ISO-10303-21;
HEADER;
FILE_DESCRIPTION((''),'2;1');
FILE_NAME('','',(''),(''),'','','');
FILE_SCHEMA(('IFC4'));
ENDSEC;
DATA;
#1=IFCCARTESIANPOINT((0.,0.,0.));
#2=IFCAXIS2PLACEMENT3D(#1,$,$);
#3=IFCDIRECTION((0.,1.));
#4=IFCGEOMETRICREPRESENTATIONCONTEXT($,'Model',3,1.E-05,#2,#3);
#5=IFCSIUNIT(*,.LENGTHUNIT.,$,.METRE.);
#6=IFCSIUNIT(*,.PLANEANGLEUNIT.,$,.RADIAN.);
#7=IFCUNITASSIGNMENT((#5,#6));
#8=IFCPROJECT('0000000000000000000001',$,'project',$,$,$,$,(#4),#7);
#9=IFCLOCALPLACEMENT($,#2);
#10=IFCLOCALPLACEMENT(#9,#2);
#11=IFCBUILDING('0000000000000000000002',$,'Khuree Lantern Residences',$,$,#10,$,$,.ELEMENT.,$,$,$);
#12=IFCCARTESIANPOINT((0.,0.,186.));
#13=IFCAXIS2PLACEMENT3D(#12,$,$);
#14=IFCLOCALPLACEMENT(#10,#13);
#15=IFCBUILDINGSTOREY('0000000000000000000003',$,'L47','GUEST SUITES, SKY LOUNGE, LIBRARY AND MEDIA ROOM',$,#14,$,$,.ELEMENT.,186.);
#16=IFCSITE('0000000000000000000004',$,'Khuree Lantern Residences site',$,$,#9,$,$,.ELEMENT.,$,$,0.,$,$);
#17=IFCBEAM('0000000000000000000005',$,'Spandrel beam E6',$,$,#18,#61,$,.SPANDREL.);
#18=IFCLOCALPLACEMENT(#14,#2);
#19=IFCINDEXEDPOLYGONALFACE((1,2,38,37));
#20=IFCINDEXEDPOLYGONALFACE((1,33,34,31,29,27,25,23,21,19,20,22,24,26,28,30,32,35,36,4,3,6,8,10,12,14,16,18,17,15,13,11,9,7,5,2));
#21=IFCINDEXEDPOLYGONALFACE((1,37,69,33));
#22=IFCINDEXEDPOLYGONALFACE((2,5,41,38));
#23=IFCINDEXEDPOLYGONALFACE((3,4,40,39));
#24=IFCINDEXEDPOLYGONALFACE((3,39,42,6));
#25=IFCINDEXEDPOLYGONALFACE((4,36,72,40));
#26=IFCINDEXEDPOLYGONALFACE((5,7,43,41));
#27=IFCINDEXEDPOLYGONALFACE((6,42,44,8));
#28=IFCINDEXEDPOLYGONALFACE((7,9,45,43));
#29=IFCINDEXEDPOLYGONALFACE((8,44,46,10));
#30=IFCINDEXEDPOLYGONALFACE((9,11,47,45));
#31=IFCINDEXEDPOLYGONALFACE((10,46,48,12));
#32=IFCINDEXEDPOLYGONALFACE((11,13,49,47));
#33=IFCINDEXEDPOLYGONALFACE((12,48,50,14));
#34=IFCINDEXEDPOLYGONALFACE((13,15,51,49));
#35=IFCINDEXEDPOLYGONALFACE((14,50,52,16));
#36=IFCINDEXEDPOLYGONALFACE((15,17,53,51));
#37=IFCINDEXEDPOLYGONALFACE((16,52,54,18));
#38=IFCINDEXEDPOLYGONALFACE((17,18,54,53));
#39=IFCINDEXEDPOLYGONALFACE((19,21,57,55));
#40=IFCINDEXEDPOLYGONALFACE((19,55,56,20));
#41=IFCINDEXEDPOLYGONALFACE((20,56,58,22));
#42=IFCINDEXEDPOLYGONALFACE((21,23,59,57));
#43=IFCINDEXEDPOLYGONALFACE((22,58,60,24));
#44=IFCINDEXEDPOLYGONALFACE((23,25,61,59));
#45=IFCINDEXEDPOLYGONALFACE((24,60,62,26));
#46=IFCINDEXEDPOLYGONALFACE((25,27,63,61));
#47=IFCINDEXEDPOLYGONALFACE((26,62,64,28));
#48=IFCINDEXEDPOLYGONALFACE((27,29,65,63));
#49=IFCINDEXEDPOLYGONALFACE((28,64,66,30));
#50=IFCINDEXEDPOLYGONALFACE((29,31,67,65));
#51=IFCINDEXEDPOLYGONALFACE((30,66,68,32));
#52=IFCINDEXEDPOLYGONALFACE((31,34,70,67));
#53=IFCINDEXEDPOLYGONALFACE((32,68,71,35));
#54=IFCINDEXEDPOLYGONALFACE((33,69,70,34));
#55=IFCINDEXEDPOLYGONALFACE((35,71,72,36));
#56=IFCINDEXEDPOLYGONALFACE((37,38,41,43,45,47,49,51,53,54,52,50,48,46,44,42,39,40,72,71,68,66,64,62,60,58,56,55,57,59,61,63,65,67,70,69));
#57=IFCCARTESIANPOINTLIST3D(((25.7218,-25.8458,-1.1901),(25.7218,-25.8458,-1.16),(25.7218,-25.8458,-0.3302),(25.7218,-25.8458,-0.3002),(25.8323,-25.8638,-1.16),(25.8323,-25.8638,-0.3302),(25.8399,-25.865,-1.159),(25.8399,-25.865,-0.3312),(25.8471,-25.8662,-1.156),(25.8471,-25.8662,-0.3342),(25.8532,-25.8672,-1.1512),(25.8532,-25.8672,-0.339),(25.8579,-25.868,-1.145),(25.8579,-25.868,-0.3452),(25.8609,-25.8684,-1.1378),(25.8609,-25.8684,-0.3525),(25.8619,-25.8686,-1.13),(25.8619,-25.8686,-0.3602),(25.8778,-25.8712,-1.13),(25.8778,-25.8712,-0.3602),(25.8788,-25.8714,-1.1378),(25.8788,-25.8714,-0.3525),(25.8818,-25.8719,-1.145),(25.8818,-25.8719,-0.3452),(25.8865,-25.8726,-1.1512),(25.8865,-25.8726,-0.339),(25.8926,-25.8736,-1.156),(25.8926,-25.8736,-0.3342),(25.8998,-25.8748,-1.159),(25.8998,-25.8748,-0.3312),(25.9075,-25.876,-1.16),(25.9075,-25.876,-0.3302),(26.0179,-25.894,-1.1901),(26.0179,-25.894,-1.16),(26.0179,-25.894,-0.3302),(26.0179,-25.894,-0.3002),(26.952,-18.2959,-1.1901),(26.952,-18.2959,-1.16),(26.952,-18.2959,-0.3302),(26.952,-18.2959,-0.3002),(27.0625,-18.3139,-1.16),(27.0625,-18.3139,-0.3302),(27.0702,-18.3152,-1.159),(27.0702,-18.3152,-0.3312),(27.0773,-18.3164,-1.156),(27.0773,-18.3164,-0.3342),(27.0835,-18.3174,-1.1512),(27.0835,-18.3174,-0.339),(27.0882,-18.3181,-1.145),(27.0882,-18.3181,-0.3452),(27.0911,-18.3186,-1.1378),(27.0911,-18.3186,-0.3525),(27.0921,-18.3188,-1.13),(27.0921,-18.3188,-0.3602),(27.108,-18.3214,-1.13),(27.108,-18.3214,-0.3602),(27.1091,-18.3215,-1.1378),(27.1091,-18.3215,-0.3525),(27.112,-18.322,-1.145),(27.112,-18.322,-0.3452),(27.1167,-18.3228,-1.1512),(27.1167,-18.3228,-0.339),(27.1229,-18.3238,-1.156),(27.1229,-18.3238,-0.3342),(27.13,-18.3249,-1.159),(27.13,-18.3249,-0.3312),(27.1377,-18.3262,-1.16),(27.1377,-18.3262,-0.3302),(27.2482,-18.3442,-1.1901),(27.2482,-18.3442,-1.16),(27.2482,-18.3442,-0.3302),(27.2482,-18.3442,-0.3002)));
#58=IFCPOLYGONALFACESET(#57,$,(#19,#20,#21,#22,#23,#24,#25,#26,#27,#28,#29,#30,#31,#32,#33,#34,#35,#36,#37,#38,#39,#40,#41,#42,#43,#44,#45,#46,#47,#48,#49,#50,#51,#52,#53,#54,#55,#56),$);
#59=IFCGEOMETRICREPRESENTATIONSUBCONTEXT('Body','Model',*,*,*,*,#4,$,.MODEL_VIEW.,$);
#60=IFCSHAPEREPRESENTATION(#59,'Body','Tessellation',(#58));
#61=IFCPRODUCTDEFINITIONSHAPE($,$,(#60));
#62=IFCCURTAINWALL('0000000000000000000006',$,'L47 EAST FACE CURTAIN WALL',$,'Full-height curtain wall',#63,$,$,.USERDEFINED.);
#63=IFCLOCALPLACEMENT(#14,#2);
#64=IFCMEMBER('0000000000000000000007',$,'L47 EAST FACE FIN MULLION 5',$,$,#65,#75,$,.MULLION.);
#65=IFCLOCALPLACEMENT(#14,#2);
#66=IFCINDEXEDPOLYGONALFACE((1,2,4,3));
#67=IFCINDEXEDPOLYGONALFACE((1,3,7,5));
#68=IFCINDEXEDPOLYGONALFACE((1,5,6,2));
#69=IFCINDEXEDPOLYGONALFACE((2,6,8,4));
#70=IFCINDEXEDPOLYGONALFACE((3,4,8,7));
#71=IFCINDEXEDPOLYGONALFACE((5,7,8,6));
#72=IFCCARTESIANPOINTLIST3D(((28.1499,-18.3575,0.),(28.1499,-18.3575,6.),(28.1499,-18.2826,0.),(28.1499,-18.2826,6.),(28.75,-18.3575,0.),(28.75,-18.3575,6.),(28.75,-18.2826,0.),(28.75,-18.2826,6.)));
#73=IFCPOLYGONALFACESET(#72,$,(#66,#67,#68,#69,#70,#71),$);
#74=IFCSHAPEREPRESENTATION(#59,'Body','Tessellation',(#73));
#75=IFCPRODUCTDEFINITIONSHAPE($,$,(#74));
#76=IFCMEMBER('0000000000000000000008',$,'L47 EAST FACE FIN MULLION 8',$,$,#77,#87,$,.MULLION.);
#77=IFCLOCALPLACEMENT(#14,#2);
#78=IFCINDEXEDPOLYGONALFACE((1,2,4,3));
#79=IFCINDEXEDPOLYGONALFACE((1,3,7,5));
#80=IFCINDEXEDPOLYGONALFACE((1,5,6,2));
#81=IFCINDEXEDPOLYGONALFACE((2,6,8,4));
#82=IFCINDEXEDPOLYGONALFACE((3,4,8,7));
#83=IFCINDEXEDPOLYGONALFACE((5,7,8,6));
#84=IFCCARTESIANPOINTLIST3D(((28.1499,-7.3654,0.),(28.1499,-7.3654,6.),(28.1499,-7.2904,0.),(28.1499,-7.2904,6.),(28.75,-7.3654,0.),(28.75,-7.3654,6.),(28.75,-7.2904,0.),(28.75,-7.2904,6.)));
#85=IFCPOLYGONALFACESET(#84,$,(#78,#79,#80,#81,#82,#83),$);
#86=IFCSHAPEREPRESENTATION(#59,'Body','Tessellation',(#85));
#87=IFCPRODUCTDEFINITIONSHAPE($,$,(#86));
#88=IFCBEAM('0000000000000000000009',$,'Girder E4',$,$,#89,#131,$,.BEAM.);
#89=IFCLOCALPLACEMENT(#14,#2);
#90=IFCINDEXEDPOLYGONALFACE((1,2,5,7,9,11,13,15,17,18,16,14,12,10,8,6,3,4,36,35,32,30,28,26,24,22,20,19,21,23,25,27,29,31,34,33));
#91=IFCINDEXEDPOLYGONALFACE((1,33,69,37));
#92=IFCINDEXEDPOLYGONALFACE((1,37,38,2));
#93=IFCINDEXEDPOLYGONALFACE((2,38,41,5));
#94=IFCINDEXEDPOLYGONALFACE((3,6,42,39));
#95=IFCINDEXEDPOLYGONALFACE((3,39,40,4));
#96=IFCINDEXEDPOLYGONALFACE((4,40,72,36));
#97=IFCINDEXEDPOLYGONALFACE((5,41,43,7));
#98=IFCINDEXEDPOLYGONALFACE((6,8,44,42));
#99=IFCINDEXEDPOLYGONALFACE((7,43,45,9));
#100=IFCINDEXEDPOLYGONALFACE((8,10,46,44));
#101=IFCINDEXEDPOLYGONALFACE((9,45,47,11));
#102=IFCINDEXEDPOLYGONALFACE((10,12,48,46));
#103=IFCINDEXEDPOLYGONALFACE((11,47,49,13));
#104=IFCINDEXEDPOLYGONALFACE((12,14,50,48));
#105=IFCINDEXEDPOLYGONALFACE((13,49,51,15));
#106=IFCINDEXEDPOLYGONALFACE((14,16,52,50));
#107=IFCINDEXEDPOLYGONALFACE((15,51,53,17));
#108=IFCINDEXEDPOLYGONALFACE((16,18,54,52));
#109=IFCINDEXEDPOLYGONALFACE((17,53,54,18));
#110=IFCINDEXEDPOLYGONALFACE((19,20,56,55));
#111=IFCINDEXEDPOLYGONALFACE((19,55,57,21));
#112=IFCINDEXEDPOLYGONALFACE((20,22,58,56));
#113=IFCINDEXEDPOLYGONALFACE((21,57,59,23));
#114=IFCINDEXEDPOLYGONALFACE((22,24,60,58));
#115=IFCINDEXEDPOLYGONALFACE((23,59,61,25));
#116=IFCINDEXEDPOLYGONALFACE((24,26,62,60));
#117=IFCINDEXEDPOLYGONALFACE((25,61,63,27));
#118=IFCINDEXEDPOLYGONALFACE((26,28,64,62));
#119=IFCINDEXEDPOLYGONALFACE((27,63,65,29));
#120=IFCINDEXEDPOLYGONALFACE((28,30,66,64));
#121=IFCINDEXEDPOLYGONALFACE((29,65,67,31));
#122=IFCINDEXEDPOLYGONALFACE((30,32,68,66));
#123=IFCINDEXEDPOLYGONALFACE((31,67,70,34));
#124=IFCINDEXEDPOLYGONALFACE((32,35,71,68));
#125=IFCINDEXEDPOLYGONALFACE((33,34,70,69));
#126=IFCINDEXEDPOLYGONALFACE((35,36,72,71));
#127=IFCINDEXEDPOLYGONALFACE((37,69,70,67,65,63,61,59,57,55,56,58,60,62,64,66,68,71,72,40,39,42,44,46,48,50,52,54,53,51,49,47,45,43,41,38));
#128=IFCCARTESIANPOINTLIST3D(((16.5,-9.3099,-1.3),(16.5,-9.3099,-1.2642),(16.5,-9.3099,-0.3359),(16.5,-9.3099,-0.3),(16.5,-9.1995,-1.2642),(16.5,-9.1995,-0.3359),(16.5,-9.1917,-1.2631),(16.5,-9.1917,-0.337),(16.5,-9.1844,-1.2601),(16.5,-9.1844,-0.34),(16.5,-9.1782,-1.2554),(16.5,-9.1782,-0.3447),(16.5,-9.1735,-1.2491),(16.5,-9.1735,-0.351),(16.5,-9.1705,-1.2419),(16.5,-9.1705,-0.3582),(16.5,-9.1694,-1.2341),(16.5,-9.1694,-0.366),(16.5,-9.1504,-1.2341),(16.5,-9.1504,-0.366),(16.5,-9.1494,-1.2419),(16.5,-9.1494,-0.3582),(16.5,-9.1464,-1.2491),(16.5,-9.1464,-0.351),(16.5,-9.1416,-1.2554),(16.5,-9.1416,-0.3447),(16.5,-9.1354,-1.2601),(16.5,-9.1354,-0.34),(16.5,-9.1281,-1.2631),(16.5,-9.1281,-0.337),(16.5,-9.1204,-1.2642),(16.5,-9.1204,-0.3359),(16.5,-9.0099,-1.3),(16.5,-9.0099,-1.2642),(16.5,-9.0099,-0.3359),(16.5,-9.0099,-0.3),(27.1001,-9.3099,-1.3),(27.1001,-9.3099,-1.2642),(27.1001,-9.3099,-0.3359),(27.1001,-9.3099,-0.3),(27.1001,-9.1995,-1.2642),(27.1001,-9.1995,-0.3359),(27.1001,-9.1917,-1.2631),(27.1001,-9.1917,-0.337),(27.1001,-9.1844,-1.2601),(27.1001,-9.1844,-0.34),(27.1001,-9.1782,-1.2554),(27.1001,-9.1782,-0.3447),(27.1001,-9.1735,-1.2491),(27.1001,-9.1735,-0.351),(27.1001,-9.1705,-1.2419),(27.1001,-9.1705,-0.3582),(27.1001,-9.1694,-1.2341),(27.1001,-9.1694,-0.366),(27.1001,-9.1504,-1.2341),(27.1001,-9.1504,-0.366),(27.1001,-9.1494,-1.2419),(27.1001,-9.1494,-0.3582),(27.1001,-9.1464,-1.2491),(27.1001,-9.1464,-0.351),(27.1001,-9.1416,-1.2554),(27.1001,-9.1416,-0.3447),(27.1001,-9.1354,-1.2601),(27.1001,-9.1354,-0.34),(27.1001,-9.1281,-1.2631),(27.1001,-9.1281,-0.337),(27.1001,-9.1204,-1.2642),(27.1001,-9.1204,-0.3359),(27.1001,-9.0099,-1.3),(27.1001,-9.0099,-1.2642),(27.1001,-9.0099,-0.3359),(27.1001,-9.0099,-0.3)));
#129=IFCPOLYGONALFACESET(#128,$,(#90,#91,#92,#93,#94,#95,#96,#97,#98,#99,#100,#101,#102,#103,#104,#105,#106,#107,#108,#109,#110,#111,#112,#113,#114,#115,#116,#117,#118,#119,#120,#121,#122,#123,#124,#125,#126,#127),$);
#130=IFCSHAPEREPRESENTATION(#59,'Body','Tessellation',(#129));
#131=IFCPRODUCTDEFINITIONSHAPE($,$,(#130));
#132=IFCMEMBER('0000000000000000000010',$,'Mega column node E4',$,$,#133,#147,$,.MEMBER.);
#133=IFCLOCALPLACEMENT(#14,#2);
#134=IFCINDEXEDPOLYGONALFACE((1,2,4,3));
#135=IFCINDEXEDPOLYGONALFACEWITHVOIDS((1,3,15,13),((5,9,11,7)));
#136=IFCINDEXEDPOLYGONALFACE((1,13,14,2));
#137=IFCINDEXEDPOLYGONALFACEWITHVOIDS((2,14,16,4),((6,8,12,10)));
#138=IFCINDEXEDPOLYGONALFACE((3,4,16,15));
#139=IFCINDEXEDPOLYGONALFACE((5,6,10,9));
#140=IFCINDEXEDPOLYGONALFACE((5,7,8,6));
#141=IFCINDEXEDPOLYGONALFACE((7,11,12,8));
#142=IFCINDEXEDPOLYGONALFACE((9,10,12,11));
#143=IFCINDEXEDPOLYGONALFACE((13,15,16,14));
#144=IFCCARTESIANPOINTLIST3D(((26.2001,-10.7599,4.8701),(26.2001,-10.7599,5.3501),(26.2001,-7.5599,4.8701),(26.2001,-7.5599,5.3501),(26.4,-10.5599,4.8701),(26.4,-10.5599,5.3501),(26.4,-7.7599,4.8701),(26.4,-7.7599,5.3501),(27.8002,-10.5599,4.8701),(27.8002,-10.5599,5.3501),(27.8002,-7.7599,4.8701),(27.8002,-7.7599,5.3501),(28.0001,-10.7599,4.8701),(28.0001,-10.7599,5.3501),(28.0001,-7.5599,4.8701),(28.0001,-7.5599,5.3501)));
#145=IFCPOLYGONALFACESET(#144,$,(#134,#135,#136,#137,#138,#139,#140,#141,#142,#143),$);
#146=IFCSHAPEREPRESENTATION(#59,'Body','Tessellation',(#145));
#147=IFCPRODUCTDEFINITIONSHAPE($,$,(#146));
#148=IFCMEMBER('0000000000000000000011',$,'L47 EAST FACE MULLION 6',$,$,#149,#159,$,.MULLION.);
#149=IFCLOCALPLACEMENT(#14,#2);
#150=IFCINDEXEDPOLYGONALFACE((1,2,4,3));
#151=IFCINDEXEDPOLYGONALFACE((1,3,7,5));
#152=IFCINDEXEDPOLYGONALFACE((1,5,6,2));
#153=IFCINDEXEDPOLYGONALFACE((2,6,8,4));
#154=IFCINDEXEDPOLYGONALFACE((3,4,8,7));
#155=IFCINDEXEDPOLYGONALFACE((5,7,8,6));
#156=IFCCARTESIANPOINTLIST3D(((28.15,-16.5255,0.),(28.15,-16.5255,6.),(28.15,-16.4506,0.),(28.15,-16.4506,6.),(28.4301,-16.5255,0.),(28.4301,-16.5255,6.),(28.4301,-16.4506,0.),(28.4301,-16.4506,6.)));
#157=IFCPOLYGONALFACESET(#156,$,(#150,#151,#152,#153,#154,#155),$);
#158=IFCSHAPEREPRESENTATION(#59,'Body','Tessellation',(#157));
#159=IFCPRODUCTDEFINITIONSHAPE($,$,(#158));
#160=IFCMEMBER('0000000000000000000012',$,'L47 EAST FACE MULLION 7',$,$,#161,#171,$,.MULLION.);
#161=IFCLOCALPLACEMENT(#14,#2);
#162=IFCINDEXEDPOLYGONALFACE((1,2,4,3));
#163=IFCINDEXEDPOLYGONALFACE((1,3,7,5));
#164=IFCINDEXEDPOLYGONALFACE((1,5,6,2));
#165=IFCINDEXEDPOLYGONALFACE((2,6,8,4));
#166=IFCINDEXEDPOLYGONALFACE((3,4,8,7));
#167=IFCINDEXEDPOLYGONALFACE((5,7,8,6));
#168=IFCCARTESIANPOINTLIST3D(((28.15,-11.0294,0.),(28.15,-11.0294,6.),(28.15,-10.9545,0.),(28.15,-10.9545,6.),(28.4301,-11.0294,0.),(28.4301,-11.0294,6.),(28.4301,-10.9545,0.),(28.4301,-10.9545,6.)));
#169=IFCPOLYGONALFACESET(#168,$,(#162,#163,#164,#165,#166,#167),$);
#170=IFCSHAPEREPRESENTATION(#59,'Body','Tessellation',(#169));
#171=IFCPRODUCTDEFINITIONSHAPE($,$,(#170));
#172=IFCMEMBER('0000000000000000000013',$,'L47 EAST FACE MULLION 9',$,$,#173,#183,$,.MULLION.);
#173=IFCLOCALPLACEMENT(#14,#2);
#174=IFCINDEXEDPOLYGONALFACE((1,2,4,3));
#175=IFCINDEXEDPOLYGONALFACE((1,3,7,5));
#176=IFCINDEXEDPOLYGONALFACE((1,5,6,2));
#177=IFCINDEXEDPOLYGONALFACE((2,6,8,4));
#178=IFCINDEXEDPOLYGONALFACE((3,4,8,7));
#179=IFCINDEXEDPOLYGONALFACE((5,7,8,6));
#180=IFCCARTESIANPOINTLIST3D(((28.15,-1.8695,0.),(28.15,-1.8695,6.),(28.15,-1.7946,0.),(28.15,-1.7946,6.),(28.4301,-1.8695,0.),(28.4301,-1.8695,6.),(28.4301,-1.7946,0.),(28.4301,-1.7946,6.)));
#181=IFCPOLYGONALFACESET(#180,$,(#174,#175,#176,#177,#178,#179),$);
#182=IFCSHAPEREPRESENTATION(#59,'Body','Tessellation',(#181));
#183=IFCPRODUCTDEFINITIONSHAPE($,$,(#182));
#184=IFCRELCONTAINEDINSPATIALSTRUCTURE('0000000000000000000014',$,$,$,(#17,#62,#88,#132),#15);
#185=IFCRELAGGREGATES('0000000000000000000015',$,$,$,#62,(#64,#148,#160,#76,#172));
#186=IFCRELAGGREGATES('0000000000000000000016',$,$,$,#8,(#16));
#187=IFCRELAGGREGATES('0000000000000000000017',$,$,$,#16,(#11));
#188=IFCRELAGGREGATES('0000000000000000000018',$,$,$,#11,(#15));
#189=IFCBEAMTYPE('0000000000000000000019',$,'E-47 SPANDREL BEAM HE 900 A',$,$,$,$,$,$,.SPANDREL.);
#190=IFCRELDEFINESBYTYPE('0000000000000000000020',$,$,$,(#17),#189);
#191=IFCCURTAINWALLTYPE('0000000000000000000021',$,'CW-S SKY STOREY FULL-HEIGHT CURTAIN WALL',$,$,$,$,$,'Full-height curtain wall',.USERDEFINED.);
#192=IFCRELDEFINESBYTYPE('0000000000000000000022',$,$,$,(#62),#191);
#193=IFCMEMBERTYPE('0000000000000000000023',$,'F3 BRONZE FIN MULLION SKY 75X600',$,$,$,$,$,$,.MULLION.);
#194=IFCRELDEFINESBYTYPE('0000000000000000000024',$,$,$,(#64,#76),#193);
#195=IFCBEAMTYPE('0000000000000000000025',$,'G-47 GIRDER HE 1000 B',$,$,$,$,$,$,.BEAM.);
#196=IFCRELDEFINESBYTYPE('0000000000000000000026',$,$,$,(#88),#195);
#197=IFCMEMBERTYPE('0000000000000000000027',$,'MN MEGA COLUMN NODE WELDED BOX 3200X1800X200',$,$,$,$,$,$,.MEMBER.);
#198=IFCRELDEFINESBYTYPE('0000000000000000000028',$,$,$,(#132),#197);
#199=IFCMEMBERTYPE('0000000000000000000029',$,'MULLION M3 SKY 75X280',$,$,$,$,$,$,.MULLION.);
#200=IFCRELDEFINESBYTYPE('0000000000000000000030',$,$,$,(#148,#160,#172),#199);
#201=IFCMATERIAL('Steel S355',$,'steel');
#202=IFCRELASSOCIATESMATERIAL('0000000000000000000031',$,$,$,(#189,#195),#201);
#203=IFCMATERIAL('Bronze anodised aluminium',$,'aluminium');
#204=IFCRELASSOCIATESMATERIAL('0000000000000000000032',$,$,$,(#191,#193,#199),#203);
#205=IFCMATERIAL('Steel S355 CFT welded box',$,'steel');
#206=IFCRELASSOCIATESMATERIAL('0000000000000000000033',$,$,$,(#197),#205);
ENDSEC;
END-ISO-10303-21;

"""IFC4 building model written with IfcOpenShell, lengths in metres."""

from ifc_helpers import new_model, si_unit, direction, frame, origin, origin_2d, place, context, subcontext, project, spatial, rectangle, hollow_rectangle, i_section, extrude, material, material_profile, profile_set, type_object, element, aggregate, save


model = new_model("IFC4")

# Units and contexts
model_context = context("Model", 3, precision=1e-05, world=origin(), true_north=direction((0.0, 1.0)))
body_context = subcontext(model_context, "Body", "Model", "MODEL_VIEW")
ifc_project = project(units=[si_unit("LENGTHUNIT", "METRE"), si_unit("PLANEANGLEUNIT", "RADIAN")], contexts=[model_context])

# Site, building, storey
site_placement = place(None, origin())
site = spatial("IfcSite", under=ifc_project, at=site_placement, Name="Khuree Lantern Residences site", CompositionType="ELEMENT", RefElevation=0.0)
building_placement = place(site_placement, origin())
building = spatial("IfcBuilding", under=site, at=building_placement, Name="Khuree Lantern Residences", CompositionType="ELEMENT")
storey_placement = place(building_placement, frame((0.0, 0.0, 186.0)))
storey = spatial("IfcBuildingStorey", under=building, at=storey_placement, Name="L47", Description="GUEST SUITES, SKY LOUNGE, LIBRARY AND MEDIA ROOM", CompositionType="ELEMENT", Elevation=186.0)

# Shared definitions
ifc_material_1 = material(Name="Steel S355 CFT welded box", Category="steel")

# Beam
ifc_material_2 = material(Name="Steel S355", Category="steel")
ifc_material_profile_1 = material_profile(ifc_material_2, i_section(OverallWidth=0.3, OverallDepth=0.8899, WebThickness=0.0161, FlangeThickness=0.03, FilletRadius=0.03, at=origin_2d()), Name="HE 900 A")
ifc_profile_set_1 = profile_set([ifc_material_profile_1], Name="Steel S355")
beam_type_1 = type_object("IfcBeamType", Name="E-47 SPANDREL BEAM HE 900 A", PredefinedType="SPANDREL", material=ifc_profile_set_1)
beam_1_placement = place(storey_placement, frame((27.1001, -18.3201, -0.7451), z_axis=(-0.160827, -0.986983, 0.0), x_axis=(0.986983, -0.160827, 0.0)))
element("IfcBeam", 1, at=beam_1_placement, inside=storey, type_object=beam_type_1, Name="Spandrel beam E6", PredefinedType="SPANDREL", context=body_context, shape_type="SweptSolid", body=[
    extrude(i_section(OverallWidth=0.3, OverallDepth=0.8899, WebThickness=0.0161, FlangeThickness=0.03, FilletRadius=0.03, at=origin_2d()), origin(), (0.0, 0.0, 1.0), 7.6494),
])

# Curtain wall, members
ifc_material_3 = material(Name="Bronze anodised aluminium", Category="aluminium")
curtain_wall_type = type_object("IfcCurtainWallType", Name="CW-S SKY STOREY FULL-HEIGHT CURTAIN WALL", ElementType="Full-height curtain wall", PredefinedType="USERDEFINED", material=ifc_material_3)
curtain_wall_placement = place(storey_placement, origin())
curtain_wall = element("IfcCurtainWall", 2, at=curtain_wall_placement, inside=storey, type_object=curtain_wall_type, Name="L47 EAST FACE CURTAIN WALL", ObjectType="Full-height curtain wall", PredefinedType="USERDEFINED")
ifc_material_profile_2 = material_profile(ifc_material_3, rectangle(XDim=0.075, YDim=0.6001, at=origin_2d()), Name="F3 75X600")
ifc_profile_set_2 = profile_set([ifc_material_profile_2], Name="Bronze anodised aluminium")
member_type_1 = type_object("IfcMemberType", Name="F3 BRONZE FIN MULLION SKY 75X600", PredefinedType="MULLION", material=ifc_profile_set_2)
member_1_placement = place(storey_placement, frame((28.45, -18.3201, 0.0), z_axis=(0.0, 0.0, 1.0), x_axis=(0.0, 1.0, 0.0)))
member_1 = element("IfcMember", 3, at=member_1_placement, type_object=member_type_1, Name="L47 EAST FACE FIN MULLION 5", PredefinedType="MULLION", context=body_context, shape_type="SweptSolid", body=[
    extrude(rectangle(XDim=0.075, YDim=0.6001, at=origin_2d()), origin(), (0.0, 0.0, 1.0), 6.0),
])
member_2_placement = place(storey_placement, frame((28.45, -7.3279, 0.0), z_axis=(0.0, 0.0, 1.0), x_axis=(0.0, 1.0, 0.0)))
member_2 = element("IfcMember", 4, at=member_2_placement, type_object=member_type_1, Name="L47 EAST FACE FIN MULLION 8", PredefinedType="MULLION", context=body_context, shape_type="SweptSolid", body=[
    extrude(rectangle(XDim=0.075, YDim=0.6001, at=origin_2d()), origin(), (0.0, 0.0, 1.0), 6.0),
])

# Beam
ifc_material_profile_3 = material_profile(ifc_material_2, i_section(OverallWidth=0.3, OverallDepth=1.0, WebThickness=0.019, FlangeThickness=0.0359, FilletRadius=0.03, at=origin_2d()), Name="HE 1000 B")
ifc_profile_set_3 = profile_set([ifc_material_profile_3], Name="Steel S355")
beam_type_2 = type_object("IfcBeamType", Name="G-47 GIRDER HE 1000 B", PredefinedType="BEAM", material=ifc_profile_set_3)
beam_2_placement = place(storey_placement, frame((27.1001, -9.1599, -0.8), z_axis=(-1.0, 0.0, 0.0), x_axis=(0.0, -1.0, 0.0)))
element("IfcBeam", 5, at=beam_2_placement, inside=storey, type_object=beam_type_2, Name="Girder E4", PredefinedType="BEAM", context=body_context, shape_type="SweptSolid", body=[
    extrude(i_section(OverallWidth=0.3, OverallDepth=1.0, WebThickness=0.019, FlangeThickness=0.0359, FilletRadius=0.03, at=origin_2d()), origin(), (0.0, 0.0, 1.0), 10.6001),
])

# Members
ifc_material_profile_4 = material_profile(ifc_material_1, hollow_rectangle(XDim=3.2, YDim=1.8, WallThickness=0.2, at=origin_2d()), Name="WELDED BOX 3200X1800X200")
ifc_profile_set_4 = profile_set([ifc_material_profile_4], Name="Steel S355 CFT welded box")
member_type_2 = type_object("IfcMemberType", Name="MN MEGA COLUMN NODE WELDED BOX 3200X1800X200", PredefinedType="MEMBER", material=ifc_profile_set_4)
member_3_placement = place(storey_placement, frame((27.1001, -9.1599, 4.8701), z_axis=(0.0, 0.0, 1.0), x_axis=(0.0, 1.0, 0.0)))
element("IfcMember", 6, at=member_3_placement, inside=storey, type_object=member_type_2, Name="Mega column node E4", PredefinedType="MEMBER", context=body_context, shape_type="SweptSolid", body=[
    extrude(hollow_rectangle(XDim=3.2, YDim=1.8, WallThickness=0.2, at=origin_2d()), origin(), (0.0, 0.0, 1.0), 0.48),
])
ifc_material_profile_5 = material_profile(ifc_material_3, rectangle(XDim=0.075, YDim=0.28, at=origin_2d()), Name="M3 75X280")
ifc_profile_set_5 = profile_set([ifc_material_profile_5], Name="Bronze anodised aluminium")
member_type_3 = type_object("IfcMemberType", Name="MULLION M3 SKY 75X280", PredefinedType="MULLION", material=ifc_profile_set_5)
member_4_placement = place(storey_placement, frame((28.29, -16.488, 0.0), z_axis=(0.0, 0.0, 1.0), x_axis=(0.0, 1.0, 0.0)))
member_4 = element("IfcMember", 7, at=member_4_placement, type_object=member_type_3, Name="L47 EAST FACE MULLION 6", PredefinedType="MULLION", context=body_context, shape_type="SweptSolid", body=[
    extrude(rectangle(XDim=0.075, YDim=0.28, at=origin_2d()), origin(), (0.0, 0.0, 1.0), 6.0),
])
member_5_placement = place(storey_placement, frame((28.29, -10.9919, 0.0), z_axis=(0.0, 0.0, 1.0), x_axis=(0.0, 1.0, 0.0)))
member_5 = element("IfcMember", 8, at=member_5_placement, type_object=member_type_3, Name="L47 EAST FACE MULLION 7", PredefinedType="MULLION", context=body_context, shape_type="SweptSolid", body=[
    extrude(rectangle(XDim=0.075, YDim=0.28, at=origin_2d()), origin(), (0.0, 0.0, 1.0), 6.0),
])
member_6_placement = place(storey_placement, frame((28.29, -1.832, 0.0), z_axis=(0.0, 0.0, 1.0), x_axis=(0.0, 1.0, 0.0)))
member_6 = element("IfcMember", 9, at=member_6_placement, type_object=member_type_3, Name="L47 EAST FACE MULLION 9", PredefinedType="MULLION", context=body_context, shape_type="SweptSolid", body=[
    extrude(rectangle(XDim=0.075, YDim=0.28, at=origin_2d()), origin(), (0.0, 0.0, 1.0), 6.0),
])

aggregate(curtain_wall, [member_1, member_4, member_5, member_2, member_6])

save(model, "model.ifc")
